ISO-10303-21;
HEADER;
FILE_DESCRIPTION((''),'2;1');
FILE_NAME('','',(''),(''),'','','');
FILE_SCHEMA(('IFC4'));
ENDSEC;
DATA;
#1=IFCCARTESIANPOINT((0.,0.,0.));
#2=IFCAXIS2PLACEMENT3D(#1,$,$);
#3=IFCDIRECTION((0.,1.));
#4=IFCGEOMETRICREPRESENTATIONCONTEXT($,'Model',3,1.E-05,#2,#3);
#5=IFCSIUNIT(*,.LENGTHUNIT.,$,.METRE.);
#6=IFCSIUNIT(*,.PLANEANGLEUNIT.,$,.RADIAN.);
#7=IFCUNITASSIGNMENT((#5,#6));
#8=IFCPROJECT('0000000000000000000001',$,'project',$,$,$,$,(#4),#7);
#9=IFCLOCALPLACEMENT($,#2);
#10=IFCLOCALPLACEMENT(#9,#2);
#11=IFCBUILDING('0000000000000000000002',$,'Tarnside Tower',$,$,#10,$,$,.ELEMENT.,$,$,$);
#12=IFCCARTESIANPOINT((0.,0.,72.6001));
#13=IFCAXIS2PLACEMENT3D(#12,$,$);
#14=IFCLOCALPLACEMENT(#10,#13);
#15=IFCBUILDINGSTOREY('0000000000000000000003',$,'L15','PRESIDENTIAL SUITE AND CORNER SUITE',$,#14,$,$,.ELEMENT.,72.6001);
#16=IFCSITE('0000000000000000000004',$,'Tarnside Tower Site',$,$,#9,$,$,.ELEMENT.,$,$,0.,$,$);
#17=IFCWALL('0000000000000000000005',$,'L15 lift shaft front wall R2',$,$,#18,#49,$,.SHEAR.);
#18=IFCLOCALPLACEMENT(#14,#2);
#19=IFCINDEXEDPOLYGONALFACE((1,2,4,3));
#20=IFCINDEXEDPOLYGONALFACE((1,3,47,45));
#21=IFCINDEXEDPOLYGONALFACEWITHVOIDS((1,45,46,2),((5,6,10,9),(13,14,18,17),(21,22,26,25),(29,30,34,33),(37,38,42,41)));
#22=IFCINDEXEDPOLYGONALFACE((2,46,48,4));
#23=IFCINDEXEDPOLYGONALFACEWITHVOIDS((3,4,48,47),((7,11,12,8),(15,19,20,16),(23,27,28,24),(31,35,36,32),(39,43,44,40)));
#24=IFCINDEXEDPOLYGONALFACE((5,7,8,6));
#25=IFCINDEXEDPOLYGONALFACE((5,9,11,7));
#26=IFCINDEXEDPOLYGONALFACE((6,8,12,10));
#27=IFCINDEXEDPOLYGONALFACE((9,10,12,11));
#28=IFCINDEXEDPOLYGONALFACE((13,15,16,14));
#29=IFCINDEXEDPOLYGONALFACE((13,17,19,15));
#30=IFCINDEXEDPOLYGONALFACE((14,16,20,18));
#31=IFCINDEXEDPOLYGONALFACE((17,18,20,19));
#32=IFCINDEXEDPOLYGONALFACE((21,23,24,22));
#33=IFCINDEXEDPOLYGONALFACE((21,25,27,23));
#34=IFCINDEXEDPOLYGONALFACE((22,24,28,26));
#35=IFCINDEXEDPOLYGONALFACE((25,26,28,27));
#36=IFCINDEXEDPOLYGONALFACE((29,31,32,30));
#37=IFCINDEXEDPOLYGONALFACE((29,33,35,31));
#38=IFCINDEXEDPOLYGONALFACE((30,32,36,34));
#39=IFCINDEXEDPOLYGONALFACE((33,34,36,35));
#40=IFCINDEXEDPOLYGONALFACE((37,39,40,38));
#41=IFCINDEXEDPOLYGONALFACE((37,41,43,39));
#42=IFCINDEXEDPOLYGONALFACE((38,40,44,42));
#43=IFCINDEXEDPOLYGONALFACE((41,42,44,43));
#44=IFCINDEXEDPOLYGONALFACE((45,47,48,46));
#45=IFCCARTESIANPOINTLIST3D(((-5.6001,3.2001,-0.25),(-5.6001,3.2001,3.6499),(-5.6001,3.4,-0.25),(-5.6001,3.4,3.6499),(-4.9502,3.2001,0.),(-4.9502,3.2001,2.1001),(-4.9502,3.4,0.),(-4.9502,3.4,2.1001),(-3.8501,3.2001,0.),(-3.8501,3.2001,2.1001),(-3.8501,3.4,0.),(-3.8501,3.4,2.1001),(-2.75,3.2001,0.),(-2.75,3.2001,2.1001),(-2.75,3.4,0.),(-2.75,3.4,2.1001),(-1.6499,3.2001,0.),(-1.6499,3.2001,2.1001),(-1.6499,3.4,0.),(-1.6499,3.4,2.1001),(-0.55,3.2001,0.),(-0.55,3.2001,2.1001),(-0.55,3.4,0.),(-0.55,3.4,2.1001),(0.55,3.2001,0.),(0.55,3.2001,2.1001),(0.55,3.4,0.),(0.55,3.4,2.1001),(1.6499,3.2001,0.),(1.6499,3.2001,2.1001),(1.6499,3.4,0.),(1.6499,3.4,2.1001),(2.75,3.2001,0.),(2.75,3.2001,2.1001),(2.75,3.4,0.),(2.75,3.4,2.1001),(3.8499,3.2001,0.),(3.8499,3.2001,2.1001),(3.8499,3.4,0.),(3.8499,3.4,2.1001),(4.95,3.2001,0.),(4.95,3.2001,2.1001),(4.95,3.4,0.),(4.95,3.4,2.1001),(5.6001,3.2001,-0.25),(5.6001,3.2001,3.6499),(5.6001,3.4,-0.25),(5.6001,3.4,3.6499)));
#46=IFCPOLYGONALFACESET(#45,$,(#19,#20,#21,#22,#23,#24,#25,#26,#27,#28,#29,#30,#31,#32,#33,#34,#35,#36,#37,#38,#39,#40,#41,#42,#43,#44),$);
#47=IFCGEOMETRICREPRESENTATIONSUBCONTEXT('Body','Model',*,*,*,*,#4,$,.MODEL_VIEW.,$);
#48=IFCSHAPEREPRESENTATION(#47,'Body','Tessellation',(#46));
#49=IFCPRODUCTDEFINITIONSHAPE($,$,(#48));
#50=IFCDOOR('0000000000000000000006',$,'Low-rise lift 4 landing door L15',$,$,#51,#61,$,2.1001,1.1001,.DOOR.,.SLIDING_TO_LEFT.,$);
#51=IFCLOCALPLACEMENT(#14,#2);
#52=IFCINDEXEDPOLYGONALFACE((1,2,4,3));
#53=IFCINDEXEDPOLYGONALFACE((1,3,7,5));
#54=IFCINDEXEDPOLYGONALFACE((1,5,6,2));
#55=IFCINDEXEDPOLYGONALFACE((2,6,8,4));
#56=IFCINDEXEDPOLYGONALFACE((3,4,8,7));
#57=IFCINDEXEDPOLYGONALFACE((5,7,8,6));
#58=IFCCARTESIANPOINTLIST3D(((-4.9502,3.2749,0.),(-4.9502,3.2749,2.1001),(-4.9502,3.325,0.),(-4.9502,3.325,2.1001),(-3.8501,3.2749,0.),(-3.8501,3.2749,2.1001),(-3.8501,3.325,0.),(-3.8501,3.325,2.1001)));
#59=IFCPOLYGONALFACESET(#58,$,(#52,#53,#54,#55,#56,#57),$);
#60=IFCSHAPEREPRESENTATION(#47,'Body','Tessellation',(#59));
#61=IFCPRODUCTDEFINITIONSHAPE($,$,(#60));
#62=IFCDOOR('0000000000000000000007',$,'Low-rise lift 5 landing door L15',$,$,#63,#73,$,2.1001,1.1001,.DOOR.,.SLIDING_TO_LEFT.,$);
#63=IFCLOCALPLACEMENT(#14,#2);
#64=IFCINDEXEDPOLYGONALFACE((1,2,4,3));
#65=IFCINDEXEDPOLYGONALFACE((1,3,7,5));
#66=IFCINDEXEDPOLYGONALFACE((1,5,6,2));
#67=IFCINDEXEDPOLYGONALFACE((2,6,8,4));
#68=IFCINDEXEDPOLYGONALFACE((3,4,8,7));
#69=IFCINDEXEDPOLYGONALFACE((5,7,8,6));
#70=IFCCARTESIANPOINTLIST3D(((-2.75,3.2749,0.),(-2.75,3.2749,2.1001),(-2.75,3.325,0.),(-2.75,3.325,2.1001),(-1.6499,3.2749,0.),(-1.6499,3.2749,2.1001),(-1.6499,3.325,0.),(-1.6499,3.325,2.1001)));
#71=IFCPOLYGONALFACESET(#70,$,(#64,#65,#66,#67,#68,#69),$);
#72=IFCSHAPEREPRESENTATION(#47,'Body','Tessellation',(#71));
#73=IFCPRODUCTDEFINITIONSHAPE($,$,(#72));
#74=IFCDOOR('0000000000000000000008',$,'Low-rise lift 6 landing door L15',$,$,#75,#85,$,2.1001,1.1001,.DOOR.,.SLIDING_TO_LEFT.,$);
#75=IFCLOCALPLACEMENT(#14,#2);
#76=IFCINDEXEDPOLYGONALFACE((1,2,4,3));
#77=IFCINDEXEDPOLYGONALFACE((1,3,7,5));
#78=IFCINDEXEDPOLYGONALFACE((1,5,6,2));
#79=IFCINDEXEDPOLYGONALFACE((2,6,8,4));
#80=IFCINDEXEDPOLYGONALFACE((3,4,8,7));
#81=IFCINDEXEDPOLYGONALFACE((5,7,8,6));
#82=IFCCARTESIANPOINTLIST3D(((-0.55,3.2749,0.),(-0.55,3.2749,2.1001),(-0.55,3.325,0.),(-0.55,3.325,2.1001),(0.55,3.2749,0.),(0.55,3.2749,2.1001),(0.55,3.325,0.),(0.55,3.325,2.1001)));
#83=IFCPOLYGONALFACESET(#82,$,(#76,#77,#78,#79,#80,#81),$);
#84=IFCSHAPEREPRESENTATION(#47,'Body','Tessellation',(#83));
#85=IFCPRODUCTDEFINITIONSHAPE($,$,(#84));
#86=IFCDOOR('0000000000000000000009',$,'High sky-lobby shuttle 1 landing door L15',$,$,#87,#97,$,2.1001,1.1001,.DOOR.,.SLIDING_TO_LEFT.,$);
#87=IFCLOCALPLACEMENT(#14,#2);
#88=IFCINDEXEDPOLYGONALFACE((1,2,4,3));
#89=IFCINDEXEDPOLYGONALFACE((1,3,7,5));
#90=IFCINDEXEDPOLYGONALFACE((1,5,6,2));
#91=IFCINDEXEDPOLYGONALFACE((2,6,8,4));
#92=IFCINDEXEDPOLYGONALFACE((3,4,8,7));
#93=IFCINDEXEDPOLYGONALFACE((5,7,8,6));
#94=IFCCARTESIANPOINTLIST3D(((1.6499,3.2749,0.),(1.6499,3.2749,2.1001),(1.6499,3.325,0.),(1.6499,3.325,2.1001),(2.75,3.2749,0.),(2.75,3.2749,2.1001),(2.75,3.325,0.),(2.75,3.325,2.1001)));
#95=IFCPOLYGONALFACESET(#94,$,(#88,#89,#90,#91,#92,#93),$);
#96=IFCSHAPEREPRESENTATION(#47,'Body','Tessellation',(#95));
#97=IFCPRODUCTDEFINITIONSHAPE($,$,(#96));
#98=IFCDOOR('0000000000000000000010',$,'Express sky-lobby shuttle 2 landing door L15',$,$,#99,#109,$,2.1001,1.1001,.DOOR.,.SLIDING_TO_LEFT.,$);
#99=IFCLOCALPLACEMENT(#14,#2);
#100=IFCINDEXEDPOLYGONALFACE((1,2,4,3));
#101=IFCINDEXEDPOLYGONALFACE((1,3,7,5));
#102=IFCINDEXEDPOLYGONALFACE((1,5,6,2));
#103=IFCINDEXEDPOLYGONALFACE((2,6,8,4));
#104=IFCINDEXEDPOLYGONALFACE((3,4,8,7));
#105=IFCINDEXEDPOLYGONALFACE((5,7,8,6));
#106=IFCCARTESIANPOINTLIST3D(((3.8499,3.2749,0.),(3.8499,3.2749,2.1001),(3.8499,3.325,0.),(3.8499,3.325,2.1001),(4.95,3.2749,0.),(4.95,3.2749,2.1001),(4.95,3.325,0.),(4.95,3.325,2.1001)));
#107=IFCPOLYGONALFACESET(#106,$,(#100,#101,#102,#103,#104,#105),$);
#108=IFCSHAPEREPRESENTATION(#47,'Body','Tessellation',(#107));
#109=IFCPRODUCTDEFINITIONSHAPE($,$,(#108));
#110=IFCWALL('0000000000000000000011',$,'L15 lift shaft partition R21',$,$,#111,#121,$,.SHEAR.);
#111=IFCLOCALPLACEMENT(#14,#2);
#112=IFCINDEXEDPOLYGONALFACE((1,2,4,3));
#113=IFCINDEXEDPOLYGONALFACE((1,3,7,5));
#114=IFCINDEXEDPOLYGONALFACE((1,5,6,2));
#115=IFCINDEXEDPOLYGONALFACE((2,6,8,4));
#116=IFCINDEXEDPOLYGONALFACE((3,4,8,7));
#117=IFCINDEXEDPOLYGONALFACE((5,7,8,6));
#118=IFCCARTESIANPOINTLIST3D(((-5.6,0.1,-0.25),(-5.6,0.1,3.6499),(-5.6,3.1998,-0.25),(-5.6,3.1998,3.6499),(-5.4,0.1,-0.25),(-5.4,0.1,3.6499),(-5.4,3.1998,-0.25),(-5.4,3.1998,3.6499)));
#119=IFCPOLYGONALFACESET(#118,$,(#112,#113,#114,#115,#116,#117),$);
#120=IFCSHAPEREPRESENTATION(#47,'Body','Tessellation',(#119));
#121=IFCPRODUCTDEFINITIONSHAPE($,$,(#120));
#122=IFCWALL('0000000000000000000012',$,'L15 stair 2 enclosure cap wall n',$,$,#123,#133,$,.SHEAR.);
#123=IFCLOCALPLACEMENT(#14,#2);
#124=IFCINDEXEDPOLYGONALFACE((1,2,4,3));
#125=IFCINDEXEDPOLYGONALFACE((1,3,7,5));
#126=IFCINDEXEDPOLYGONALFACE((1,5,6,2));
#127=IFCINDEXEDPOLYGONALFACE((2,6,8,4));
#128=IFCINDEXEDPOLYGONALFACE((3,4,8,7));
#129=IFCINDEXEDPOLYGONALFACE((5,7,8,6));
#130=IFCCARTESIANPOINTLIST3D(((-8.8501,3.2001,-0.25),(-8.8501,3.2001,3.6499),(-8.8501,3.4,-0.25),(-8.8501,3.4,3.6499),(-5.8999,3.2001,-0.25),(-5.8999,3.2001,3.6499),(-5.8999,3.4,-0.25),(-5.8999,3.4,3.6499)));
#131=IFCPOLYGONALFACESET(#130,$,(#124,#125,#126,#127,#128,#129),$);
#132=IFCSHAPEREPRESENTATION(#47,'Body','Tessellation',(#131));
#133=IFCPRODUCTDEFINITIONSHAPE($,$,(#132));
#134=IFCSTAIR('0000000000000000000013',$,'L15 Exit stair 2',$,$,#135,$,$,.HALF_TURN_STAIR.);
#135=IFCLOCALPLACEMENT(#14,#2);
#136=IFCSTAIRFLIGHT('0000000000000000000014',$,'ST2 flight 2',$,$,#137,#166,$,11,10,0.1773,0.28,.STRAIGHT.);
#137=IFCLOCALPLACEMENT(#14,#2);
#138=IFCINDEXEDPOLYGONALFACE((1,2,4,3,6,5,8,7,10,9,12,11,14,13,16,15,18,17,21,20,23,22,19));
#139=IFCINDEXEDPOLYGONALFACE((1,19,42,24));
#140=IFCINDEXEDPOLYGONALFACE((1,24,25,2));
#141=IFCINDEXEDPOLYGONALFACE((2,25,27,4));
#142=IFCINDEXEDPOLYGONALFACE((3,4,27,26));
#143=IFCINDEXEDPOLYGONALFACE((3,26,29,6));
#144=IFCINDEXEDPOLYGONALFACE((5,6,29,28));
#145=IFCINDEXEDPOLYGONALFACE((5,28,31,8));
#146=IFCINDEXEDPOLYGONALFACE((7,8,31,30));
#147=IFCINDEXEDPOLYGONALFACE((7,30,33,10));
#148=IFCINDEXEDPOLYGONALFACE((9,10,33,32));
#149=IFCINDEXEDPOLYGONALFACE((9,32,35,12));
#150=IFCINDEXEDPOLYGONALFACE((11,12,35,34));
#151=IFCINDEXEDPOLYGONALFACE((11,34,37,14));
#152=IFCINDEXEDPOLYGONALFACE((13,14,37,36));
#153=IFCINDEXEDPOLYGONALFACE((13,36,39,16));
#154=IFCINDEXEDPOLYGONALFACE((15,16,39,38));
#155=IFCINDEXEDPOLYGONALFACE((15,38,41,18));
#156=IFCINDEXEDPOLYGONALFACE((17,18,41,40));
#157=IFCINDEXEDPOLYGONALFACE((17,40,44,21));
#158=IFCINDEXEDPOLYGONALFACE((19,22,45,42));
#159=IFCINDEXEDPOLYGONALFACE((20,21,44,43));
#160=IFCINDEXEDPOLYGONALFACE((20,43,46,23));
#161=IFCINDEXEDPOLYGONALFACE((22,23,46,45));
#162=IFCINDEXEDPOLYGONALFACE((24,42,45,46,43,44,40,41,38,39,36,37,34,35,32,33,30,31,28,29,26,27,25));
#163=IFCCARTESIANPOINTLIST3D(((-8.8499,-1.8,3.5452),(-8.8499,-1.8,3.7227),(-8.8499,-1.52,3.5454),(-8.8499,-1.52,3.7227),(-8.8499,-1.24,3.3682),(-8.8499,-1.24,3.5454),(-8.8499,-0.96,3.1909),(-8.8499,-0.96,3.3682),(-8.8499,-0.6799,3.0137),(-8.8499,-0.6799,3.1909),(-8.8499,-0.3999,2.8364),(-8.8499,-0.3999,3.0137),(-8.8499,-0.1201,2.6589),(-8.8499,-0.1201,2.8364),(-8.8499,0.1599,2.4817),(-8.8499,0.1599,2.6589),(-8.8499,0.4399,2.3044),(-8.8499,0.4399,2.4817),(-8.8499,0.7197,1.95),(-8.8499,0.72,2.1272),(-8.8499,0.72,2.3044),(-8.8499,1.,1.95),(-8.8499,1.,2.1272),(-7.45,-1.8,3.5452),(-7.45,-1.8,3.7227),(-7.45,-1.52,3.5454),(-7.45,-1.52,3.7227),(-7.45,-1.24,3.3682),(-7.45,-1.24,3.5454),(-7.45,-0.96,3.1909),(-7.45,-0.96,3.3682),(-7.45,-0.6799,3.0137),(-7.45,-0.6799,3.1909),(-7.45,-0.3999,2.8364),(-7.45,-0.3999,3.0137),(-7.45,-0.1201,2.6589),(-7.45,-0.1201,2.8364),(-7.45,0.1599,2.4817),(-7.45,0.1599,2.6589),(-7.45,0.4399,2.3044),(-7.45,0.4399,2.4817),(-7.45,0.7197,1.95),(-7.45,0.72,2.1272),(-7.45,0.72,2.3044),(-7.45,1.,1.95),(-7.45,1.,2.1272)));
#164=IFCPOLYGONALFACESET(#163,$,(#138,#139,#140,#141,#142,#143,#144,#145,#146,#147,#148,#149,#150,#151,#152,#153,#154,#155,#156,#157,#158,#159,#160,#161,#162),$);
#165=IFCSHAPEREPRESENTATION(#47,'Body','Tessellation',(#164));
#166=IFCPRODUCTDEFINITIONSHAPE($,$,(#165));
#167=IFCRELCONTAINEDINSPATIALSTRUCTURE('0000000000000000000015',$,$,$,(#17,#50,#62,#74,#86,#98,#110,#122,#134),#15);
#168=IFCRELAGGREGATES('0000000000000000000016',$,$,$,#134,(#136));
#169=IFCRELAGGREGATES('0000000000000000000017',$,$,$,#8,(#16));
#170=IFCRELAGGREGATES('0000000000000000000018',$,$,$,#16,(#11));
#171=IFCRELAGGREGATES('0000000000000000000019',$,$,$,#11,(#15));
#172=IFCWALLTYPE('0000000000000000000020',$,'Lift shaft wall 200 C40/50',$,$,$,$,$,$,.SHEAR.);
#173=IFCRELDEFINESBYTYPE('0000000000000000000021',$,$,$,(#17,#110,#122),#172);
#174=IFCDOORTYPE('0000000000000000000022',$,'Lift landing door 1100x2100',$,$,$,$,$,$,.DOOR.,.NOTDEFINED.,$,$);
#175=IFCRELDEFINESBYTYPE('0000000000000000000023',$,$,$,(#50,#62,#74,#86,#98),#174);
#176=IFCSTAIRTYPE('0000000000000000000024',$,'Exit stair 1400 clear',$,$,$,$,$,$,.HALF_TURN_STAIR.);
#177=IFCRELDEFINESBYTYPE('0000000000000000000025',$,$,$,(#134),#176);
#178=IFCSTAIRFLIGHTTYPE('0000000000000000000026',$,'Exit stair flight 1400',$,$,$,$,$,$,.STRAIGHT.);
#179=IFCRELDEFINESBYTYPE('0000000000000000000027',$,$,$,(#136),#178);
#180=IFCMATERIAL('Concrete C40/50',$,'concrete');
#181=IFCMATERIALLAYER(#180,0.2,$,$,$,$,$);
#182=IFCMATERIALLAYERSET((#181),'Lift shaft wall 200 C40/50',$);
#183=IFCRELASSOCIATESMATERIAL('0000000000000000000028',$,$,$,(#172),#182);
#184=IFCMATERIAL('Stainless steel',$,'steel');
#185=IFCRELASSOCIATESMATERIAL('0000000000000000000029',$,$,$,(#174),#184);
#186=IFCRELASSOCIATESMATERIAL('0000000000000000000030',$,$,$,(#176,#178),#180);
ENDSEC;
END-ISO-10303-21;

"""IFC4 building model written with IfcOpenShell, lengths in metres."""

from ifc_helpers import new_model, si_unit, direction, frame, frame_2d, origin, place, context, subcontext, project, spatial, polyline, rectangle, outline, extrude, material, layer, layer_set, type_object, element, fill, aggregate, save


model = new_model("IFC4")

# Units and contexts
model_context = context("Model", 3, precision=1e-05, world=origin(), true_north=direction((0.0, 1.0)))
body_context = subcontext(model_context, "Body", "Model", "MODEL_VIEW")
ifc_project = project(units=[si_unit("LENGTHUNIT", "METRE"), si_unit("PLANEANGLEUNIT", "RADIAN")], contexts=[model_context])

# Site, building, storey
site_placement = place(None, origin())
site = spatial("IfcSite", under=ifc_project, at=site_placement, Name="Tarnside Tower Site", CompositionType="ELEMENT", RefElevation=0.0)
building_placement = place(site_placement, origin())
building = spatial("IfcBuilding", under=site, at=building_placement, Name="Tarnside Tower", CompositionType="ELEMENT")
storey_placement = place(building_placement, frame((0.0, 0.0, 72.6001)))
storey = spatial("IfcBuildingStorey", under=building, at=storey_placement, Name="L15", Description="PRESIDENTIAL SUITE AND CORNER SUITE", CompositionType="ELEMENT", Elevation=72.6001)

# Shared definitions
ifc_material_1 = material(Name="Concrete C40/50", Category="concrete")

# Shared definitions
ifc_layer_1 = layer(ifc_material_1, 0.2)
ifc_layer_set_1 = layer_set([ifc_layer_1], Name="Lift shaft wall 200 C40/50")
wall_type_1 = type_object("IfcWallType", Name="Lift shaft wall 200 C40/50", PredefinedType="SHEAR", material=ifc_layer_set_1)
ifc_material_2 = material(Name="Stainless steel", Category="steel")
door_type_1 = type_object("IfcDoorType", Name="Lift landing door 1100x2100", OperationType="NOTDEFINED", PredefinedType="DOOR", material=ifc_material_2)

# Wall, openings, doors
wall_1_placement = place(storey_placement, frame((-5.6001, 3.3, -0.25), z_axis=(0.0, 0.0, 1.0), x_axis=(1.0, 0.0, 0.0)))
wall_1 = element("IfcWall", 1, at=wall_1_placement, inside=storey, type_object=wall_type_1, Name="L15 lift shaft front wall R2", PredefinedType="SHEAR", context=body_context, shape_type="SweptSolid", body=[
    extrude(rectangle(XDim=11.2002, YDim=0.2, at=frame_2d((5.6001, 0.0))), origin(), (0.0, 0.0, 1.0), 3.8999),
])
opening_1_placement = place(wall_1_placement, frame((0.6499, 0.0, 0.25)))
opening_1 = element("IfcOpeningElement", 2, at=opening_1_placement, cuts=wall_1, PredefinedType="OPENING", context=body_context, shape_type="SweptSolid", body=[
    extrude(rectangle(XDim=1.1001, YDim=2.1001, at=frame_2d((0.55, 1.05))), frame((0.0, 0.1099, 0.0), z_axis=(0.0, -1.0, 0.0), x_axis=(1.0, 0.0, 0.0)), (0.0, 0.0, 1.0), 0.22),
])
opening_2_placement = place(wall_1_placement, frame((2.8501, 0.0, 0.25)))
opening_2 = element("IfcOpeningElement", 3, at=opening_2_placement, cuts=wall_1, PredefinedType="OPENING", context=body_context, shape_type="SweptSolid", body=[
    extrude(rectangle(XDim=1.1001, YDim=2.1001, at=frame_2d((0.55, 1.05))), frame((0.0, 0.1099, 0.0), z_axis=(0.0, -1.0, 0.0), x_axis=(1.0, 0.0, 0.0)), (0.0, 0.0, 1.0), 0.22),
])
opening_3_placement = place(wall_1_placement, frame((5.05, 0.0, 0.25)))
opening_3 = element("IfcOpeningElement", 4, at=opening_3_placement, cuts=wall_1, PredefinedType="OPENING", context=body_context, shape_type="SweptSolid", body=[
    extrude(rectangle(XDim=1.1001, YDim=2.1001, at=frame_2d((0.55, 1.05))), frame((0.0, 0.1099, 0.0), z_axis=(0.0, -1.0, 0.0), x_axis=(1.0, 0.0, 0.0)), (0.0, 0.0, 1.0), 0.22),
])
opening_4_placement = place(wall_1_placement, frame((7.25, 0.0, 0.25)))
opening_4 = element("IfcOpeningElement", 5, at=opening_4_placement, cuts=wall_1, PredefinedType="OPENING", context=body_context, shape_type="SweptSolid", body=[
    extrude(rectangle(XDim=1.1001, YDim=2.1001, at=frame_2d((0.55, 1.05))), frame((0.0, 0.1099, 0.0), z_axis=(0.0, -1.0, 0.0), x_axis=(1.0, 0.0, 0.0)), (0.0, 0.0, 1.0), 0.22),
])
opening_5_placement = place(wall_1_placement, frame((9.45, 0.0, 0.25)))
opening_5 = element("IfcOpeningElement", 6, at=opening_5_placement, cuts=wall_1, PredefinedType="OPENING", context=body_context, shape_type="SweptSolid", body=[
    extrude(rectangle(XDim=1.1001, YDim=2.1001, at=frame_2d((0.55, 1.05))), frame((0.0, 0.1099, 0.0), z_axis=(0.0, -1.0, 0.0), x_axis=(1.0, 0.0, 0.0)), (0.0, 0.0, 1.0), 0.22),
])
door_1_placement = place(opening_1_placement, origin())
door_1 = element("IfcDoor", 7, at=door_1_placement, inside=storey, type_object=door_type_1, Name="Low-rise lift 4 landing door L15", OperationType="SLIDING_TO_LEFT", OverallHeight=2.1001, OverallWidth=1.1001, PredefinedType="DOOR", context=body_context, shape_type="SweptSolid", body=[
    extrude(rectangle(XDim=1.1001, YDim=2.1001, at=frame_2d((0.55, 1.05))), frame((0.0, 0.0249, 0.0), z_axis=(0.0, -1.0, 0.0), x_axis=(1.0, 0.0, 0.0)), (0.0, 0.0, 1.0), 0.05),
])
fill(opening_1, door_1)
door_2_placement = place(opening_2_placement, origin())
door_2 = element("IfcDoor", 8, at=door_2_placement, inside=storey, type_object=door_type_1, Name="Low-rise lift 5 landing door L15", OperationType="SLIDING_TO_LEFT", OverallHeight=2.1001, OverallWidth=1.1001, PredefinedType="DOOR", context=body_context, shape_type="SweptSolid", body=[
    extrude(rectangle(XDim=1.1001, YDim=2.1001, at=frame_2d((0.55, 1.05))), frame((0.0, 0.0249, 0.0), z_axis=(0.0, -1.0, 0.0), x_axis=(1.0, 0.0, 0.0)), (0.0, 0.0, 1.0), 0.05),
])
fill(opening_2, door_2)
door_3_placement = place(opening_3_placement, origin())
door_3 = element("IfcDoor", 9, at=door_3_placement, inside=storey, type_object=door_type_1, Name="Low-rise lift 6 landing door L15", OperationType="SLIDING_TO_LEFT", OverallHeight=2.1001, OverallWidth=1.1001, PredefinedType="DOOR", context=body_context, shape_type="SweptSolid", body=[
    extrude(rectangle(XDim=1.1001, YDim=2.1001, at=frame_2d((0.55, 1.05))), frame((0.0, 0.0249, 0.0), z_axis=(0.0, -1.0, 0.0), x_axis=(1.0, 0.0, 0.0)), (0.0, 0.0, 1.0), 0.05),
])
fill(opening_3, door_3)
door_4_placement = place(opening_4_placement, origin())
door_4 = element("IfcDoor", 10, at=door_4_placement, inside=storey, type_object=door_type_1, Name="High sky-lobby shuttle 1 landing door L15", OperationType="SLIDING_TO_LEFT", OverallHeight=2.1001, OverallWidth=1.1001, PredefinedType="DOOR", context=body_context, shape_type="SweptSolid", body=[
    extrude(rectangle(XDim=1.1001, YDim=2.1001, at=frame_2d((0.55, 1.05))), frame((0.0, 0.0249, 0.0), z_axis=(0.0, -1.0, 0.0), x_axis=(1.0, 0.0, 0.0)), (0.0, 0.0, 1.0), 0.05),
])
fill(opening_4, door_4)
door_5_placement = place(opening_5_placement, origin())
door_5 = element("IfcDoor", 11, at=door_5_placement, inside=storey, type_object=door_type_1, Name="Express sky-lobby shuttle 2 landing door L15", OperationType="SLIDING_TO_LEFT", OverallHeight=2.1001, OverallWidth=1.1001, PredefinedType="DOOR", context=body_context, shape_type="SweptSolid", body=[
    extrude(rectangle(XDim=1.1001, YDim=2.1001, at=frame_2d((0.55, 1.05))), frame((0.0, 0.0249, 0.0), z_axis=(0.0, -1.0, 0.0), x_axis=(1.0, 0.0, 0.0)), (0.0, 0.0, 1.0), 0.05),
])
fill(opening_5, door_5)

# Walls
wall_2_placement = place(storey_placement, frame((-5.5, 0.1001, -0.25), z_axis=(0.0, 0.0, 1.0), x_axis=(0.0, 1.0, 0.0)))
element("IfcWall", 12, at=wall_2_placement, inside=storey, type_object=wall_type_1, Name="L15 lift shaft partition R21", PredefinedType="SHEAR", context=body_context, shape_type="SweptSolid", body=[
    extrude(rectangle(XDim=3.0999, YDim=0.2, at=frame_2d((1.5498, 0.0))), origin(), (0.0, 0.0, 1.0), 3.8999),
])
wall_3_placement = place(storey_placement, frame((-8.8501, 3.3, -0.25), z_axis=(0.0, 0.0, 1.0), x_axis=(1.0, 0.0, 0.0)))
element("IfcWall", 13, at=wall_3_placement, inside=storey, type_object=wall_type_1, Name="L15 stair 2 enclosure cap wall n", PredefinedType="SHEAR", context=body_context, shape_type="SweptSolid", body=[
    extrude(rectangle(XDim=2.9502, YDim=0.2, at=frame_2d((1.4751, 0.0))), origin(), (0.0, 0.0, 1.0), 3.8999),
])

# Stair, stair flight
stair_type = type_object("IfcStairType", Name="Exit stair 1400 clear", PredefinedType="HALF_TURN_STAIR", material=ifc_material_1)
stair_placement = place(storey_placement, origin())
stair = element("IfcStair", 14, at=stair_placement, inside=storey, type_object=stair_type, Name="L15 Exit stair 2", PredefinedType="HALF_TURN_STAIR")
stair_flight_type = type_object("IfcStairFlightType", Name="Exit stair flight 1400", PredefinedType="STRAIGHT", material=ifc_material_1)
stair_flight_placement = place(storey_placement, frame((-8.1499, 1.0, 1.95), z_axis=(0.0, 0.0, 1.0), x_axis=(0.0, -1.0, 0.0)))
stair_flight = element("IfcStairFlight", 15, at=stair_flight_placement, type_object=stair_flight_type, Name="ST2 flight 2", NumberOfRisers=11, NumberOfTreads=10, PredefinedType="STRAIGHT", RiserHeight=0.1773, TreadLength=0.28, context=body_context, shape_type="SweptSolid", body=[
    extrude(outline(polyline([(0.0, 0.0), (0.0, 0.1772), (0.28, 0.1772), (0.28, 0.3545), (0.5601, 0.3545), (0.5601, 0.5317), (0.8401, 0.5317), (0.8401, 0.709), (1.1201, 0.709), (1.1201, 0.8865), (1.3999, 0.8865), (1.3999, 1.0637), (1.6799, 1.0637), (1.6799, 1.241), (1.96, 1.241), (1.96, 1.4182), (2.24, 1.4182), (2.24, 1.5955), (2.52, 1.5955), (2.52, 1.7727), (2.8, 1.7727), (2.8, 1.95), (2.8, 1.5952), (0.2803, 0.0), (0.0, 0.0)])), frame((0.0, 0.7, 0.0), z_axis=(0.0, -1.0, 0.0), x_axis=(1.0, 0.0, 0.0)), (0.0, 0.0, 1.0), 1.3999),
])
aggregate(stair, [stair_flight])

save(model, "model.ifc")
